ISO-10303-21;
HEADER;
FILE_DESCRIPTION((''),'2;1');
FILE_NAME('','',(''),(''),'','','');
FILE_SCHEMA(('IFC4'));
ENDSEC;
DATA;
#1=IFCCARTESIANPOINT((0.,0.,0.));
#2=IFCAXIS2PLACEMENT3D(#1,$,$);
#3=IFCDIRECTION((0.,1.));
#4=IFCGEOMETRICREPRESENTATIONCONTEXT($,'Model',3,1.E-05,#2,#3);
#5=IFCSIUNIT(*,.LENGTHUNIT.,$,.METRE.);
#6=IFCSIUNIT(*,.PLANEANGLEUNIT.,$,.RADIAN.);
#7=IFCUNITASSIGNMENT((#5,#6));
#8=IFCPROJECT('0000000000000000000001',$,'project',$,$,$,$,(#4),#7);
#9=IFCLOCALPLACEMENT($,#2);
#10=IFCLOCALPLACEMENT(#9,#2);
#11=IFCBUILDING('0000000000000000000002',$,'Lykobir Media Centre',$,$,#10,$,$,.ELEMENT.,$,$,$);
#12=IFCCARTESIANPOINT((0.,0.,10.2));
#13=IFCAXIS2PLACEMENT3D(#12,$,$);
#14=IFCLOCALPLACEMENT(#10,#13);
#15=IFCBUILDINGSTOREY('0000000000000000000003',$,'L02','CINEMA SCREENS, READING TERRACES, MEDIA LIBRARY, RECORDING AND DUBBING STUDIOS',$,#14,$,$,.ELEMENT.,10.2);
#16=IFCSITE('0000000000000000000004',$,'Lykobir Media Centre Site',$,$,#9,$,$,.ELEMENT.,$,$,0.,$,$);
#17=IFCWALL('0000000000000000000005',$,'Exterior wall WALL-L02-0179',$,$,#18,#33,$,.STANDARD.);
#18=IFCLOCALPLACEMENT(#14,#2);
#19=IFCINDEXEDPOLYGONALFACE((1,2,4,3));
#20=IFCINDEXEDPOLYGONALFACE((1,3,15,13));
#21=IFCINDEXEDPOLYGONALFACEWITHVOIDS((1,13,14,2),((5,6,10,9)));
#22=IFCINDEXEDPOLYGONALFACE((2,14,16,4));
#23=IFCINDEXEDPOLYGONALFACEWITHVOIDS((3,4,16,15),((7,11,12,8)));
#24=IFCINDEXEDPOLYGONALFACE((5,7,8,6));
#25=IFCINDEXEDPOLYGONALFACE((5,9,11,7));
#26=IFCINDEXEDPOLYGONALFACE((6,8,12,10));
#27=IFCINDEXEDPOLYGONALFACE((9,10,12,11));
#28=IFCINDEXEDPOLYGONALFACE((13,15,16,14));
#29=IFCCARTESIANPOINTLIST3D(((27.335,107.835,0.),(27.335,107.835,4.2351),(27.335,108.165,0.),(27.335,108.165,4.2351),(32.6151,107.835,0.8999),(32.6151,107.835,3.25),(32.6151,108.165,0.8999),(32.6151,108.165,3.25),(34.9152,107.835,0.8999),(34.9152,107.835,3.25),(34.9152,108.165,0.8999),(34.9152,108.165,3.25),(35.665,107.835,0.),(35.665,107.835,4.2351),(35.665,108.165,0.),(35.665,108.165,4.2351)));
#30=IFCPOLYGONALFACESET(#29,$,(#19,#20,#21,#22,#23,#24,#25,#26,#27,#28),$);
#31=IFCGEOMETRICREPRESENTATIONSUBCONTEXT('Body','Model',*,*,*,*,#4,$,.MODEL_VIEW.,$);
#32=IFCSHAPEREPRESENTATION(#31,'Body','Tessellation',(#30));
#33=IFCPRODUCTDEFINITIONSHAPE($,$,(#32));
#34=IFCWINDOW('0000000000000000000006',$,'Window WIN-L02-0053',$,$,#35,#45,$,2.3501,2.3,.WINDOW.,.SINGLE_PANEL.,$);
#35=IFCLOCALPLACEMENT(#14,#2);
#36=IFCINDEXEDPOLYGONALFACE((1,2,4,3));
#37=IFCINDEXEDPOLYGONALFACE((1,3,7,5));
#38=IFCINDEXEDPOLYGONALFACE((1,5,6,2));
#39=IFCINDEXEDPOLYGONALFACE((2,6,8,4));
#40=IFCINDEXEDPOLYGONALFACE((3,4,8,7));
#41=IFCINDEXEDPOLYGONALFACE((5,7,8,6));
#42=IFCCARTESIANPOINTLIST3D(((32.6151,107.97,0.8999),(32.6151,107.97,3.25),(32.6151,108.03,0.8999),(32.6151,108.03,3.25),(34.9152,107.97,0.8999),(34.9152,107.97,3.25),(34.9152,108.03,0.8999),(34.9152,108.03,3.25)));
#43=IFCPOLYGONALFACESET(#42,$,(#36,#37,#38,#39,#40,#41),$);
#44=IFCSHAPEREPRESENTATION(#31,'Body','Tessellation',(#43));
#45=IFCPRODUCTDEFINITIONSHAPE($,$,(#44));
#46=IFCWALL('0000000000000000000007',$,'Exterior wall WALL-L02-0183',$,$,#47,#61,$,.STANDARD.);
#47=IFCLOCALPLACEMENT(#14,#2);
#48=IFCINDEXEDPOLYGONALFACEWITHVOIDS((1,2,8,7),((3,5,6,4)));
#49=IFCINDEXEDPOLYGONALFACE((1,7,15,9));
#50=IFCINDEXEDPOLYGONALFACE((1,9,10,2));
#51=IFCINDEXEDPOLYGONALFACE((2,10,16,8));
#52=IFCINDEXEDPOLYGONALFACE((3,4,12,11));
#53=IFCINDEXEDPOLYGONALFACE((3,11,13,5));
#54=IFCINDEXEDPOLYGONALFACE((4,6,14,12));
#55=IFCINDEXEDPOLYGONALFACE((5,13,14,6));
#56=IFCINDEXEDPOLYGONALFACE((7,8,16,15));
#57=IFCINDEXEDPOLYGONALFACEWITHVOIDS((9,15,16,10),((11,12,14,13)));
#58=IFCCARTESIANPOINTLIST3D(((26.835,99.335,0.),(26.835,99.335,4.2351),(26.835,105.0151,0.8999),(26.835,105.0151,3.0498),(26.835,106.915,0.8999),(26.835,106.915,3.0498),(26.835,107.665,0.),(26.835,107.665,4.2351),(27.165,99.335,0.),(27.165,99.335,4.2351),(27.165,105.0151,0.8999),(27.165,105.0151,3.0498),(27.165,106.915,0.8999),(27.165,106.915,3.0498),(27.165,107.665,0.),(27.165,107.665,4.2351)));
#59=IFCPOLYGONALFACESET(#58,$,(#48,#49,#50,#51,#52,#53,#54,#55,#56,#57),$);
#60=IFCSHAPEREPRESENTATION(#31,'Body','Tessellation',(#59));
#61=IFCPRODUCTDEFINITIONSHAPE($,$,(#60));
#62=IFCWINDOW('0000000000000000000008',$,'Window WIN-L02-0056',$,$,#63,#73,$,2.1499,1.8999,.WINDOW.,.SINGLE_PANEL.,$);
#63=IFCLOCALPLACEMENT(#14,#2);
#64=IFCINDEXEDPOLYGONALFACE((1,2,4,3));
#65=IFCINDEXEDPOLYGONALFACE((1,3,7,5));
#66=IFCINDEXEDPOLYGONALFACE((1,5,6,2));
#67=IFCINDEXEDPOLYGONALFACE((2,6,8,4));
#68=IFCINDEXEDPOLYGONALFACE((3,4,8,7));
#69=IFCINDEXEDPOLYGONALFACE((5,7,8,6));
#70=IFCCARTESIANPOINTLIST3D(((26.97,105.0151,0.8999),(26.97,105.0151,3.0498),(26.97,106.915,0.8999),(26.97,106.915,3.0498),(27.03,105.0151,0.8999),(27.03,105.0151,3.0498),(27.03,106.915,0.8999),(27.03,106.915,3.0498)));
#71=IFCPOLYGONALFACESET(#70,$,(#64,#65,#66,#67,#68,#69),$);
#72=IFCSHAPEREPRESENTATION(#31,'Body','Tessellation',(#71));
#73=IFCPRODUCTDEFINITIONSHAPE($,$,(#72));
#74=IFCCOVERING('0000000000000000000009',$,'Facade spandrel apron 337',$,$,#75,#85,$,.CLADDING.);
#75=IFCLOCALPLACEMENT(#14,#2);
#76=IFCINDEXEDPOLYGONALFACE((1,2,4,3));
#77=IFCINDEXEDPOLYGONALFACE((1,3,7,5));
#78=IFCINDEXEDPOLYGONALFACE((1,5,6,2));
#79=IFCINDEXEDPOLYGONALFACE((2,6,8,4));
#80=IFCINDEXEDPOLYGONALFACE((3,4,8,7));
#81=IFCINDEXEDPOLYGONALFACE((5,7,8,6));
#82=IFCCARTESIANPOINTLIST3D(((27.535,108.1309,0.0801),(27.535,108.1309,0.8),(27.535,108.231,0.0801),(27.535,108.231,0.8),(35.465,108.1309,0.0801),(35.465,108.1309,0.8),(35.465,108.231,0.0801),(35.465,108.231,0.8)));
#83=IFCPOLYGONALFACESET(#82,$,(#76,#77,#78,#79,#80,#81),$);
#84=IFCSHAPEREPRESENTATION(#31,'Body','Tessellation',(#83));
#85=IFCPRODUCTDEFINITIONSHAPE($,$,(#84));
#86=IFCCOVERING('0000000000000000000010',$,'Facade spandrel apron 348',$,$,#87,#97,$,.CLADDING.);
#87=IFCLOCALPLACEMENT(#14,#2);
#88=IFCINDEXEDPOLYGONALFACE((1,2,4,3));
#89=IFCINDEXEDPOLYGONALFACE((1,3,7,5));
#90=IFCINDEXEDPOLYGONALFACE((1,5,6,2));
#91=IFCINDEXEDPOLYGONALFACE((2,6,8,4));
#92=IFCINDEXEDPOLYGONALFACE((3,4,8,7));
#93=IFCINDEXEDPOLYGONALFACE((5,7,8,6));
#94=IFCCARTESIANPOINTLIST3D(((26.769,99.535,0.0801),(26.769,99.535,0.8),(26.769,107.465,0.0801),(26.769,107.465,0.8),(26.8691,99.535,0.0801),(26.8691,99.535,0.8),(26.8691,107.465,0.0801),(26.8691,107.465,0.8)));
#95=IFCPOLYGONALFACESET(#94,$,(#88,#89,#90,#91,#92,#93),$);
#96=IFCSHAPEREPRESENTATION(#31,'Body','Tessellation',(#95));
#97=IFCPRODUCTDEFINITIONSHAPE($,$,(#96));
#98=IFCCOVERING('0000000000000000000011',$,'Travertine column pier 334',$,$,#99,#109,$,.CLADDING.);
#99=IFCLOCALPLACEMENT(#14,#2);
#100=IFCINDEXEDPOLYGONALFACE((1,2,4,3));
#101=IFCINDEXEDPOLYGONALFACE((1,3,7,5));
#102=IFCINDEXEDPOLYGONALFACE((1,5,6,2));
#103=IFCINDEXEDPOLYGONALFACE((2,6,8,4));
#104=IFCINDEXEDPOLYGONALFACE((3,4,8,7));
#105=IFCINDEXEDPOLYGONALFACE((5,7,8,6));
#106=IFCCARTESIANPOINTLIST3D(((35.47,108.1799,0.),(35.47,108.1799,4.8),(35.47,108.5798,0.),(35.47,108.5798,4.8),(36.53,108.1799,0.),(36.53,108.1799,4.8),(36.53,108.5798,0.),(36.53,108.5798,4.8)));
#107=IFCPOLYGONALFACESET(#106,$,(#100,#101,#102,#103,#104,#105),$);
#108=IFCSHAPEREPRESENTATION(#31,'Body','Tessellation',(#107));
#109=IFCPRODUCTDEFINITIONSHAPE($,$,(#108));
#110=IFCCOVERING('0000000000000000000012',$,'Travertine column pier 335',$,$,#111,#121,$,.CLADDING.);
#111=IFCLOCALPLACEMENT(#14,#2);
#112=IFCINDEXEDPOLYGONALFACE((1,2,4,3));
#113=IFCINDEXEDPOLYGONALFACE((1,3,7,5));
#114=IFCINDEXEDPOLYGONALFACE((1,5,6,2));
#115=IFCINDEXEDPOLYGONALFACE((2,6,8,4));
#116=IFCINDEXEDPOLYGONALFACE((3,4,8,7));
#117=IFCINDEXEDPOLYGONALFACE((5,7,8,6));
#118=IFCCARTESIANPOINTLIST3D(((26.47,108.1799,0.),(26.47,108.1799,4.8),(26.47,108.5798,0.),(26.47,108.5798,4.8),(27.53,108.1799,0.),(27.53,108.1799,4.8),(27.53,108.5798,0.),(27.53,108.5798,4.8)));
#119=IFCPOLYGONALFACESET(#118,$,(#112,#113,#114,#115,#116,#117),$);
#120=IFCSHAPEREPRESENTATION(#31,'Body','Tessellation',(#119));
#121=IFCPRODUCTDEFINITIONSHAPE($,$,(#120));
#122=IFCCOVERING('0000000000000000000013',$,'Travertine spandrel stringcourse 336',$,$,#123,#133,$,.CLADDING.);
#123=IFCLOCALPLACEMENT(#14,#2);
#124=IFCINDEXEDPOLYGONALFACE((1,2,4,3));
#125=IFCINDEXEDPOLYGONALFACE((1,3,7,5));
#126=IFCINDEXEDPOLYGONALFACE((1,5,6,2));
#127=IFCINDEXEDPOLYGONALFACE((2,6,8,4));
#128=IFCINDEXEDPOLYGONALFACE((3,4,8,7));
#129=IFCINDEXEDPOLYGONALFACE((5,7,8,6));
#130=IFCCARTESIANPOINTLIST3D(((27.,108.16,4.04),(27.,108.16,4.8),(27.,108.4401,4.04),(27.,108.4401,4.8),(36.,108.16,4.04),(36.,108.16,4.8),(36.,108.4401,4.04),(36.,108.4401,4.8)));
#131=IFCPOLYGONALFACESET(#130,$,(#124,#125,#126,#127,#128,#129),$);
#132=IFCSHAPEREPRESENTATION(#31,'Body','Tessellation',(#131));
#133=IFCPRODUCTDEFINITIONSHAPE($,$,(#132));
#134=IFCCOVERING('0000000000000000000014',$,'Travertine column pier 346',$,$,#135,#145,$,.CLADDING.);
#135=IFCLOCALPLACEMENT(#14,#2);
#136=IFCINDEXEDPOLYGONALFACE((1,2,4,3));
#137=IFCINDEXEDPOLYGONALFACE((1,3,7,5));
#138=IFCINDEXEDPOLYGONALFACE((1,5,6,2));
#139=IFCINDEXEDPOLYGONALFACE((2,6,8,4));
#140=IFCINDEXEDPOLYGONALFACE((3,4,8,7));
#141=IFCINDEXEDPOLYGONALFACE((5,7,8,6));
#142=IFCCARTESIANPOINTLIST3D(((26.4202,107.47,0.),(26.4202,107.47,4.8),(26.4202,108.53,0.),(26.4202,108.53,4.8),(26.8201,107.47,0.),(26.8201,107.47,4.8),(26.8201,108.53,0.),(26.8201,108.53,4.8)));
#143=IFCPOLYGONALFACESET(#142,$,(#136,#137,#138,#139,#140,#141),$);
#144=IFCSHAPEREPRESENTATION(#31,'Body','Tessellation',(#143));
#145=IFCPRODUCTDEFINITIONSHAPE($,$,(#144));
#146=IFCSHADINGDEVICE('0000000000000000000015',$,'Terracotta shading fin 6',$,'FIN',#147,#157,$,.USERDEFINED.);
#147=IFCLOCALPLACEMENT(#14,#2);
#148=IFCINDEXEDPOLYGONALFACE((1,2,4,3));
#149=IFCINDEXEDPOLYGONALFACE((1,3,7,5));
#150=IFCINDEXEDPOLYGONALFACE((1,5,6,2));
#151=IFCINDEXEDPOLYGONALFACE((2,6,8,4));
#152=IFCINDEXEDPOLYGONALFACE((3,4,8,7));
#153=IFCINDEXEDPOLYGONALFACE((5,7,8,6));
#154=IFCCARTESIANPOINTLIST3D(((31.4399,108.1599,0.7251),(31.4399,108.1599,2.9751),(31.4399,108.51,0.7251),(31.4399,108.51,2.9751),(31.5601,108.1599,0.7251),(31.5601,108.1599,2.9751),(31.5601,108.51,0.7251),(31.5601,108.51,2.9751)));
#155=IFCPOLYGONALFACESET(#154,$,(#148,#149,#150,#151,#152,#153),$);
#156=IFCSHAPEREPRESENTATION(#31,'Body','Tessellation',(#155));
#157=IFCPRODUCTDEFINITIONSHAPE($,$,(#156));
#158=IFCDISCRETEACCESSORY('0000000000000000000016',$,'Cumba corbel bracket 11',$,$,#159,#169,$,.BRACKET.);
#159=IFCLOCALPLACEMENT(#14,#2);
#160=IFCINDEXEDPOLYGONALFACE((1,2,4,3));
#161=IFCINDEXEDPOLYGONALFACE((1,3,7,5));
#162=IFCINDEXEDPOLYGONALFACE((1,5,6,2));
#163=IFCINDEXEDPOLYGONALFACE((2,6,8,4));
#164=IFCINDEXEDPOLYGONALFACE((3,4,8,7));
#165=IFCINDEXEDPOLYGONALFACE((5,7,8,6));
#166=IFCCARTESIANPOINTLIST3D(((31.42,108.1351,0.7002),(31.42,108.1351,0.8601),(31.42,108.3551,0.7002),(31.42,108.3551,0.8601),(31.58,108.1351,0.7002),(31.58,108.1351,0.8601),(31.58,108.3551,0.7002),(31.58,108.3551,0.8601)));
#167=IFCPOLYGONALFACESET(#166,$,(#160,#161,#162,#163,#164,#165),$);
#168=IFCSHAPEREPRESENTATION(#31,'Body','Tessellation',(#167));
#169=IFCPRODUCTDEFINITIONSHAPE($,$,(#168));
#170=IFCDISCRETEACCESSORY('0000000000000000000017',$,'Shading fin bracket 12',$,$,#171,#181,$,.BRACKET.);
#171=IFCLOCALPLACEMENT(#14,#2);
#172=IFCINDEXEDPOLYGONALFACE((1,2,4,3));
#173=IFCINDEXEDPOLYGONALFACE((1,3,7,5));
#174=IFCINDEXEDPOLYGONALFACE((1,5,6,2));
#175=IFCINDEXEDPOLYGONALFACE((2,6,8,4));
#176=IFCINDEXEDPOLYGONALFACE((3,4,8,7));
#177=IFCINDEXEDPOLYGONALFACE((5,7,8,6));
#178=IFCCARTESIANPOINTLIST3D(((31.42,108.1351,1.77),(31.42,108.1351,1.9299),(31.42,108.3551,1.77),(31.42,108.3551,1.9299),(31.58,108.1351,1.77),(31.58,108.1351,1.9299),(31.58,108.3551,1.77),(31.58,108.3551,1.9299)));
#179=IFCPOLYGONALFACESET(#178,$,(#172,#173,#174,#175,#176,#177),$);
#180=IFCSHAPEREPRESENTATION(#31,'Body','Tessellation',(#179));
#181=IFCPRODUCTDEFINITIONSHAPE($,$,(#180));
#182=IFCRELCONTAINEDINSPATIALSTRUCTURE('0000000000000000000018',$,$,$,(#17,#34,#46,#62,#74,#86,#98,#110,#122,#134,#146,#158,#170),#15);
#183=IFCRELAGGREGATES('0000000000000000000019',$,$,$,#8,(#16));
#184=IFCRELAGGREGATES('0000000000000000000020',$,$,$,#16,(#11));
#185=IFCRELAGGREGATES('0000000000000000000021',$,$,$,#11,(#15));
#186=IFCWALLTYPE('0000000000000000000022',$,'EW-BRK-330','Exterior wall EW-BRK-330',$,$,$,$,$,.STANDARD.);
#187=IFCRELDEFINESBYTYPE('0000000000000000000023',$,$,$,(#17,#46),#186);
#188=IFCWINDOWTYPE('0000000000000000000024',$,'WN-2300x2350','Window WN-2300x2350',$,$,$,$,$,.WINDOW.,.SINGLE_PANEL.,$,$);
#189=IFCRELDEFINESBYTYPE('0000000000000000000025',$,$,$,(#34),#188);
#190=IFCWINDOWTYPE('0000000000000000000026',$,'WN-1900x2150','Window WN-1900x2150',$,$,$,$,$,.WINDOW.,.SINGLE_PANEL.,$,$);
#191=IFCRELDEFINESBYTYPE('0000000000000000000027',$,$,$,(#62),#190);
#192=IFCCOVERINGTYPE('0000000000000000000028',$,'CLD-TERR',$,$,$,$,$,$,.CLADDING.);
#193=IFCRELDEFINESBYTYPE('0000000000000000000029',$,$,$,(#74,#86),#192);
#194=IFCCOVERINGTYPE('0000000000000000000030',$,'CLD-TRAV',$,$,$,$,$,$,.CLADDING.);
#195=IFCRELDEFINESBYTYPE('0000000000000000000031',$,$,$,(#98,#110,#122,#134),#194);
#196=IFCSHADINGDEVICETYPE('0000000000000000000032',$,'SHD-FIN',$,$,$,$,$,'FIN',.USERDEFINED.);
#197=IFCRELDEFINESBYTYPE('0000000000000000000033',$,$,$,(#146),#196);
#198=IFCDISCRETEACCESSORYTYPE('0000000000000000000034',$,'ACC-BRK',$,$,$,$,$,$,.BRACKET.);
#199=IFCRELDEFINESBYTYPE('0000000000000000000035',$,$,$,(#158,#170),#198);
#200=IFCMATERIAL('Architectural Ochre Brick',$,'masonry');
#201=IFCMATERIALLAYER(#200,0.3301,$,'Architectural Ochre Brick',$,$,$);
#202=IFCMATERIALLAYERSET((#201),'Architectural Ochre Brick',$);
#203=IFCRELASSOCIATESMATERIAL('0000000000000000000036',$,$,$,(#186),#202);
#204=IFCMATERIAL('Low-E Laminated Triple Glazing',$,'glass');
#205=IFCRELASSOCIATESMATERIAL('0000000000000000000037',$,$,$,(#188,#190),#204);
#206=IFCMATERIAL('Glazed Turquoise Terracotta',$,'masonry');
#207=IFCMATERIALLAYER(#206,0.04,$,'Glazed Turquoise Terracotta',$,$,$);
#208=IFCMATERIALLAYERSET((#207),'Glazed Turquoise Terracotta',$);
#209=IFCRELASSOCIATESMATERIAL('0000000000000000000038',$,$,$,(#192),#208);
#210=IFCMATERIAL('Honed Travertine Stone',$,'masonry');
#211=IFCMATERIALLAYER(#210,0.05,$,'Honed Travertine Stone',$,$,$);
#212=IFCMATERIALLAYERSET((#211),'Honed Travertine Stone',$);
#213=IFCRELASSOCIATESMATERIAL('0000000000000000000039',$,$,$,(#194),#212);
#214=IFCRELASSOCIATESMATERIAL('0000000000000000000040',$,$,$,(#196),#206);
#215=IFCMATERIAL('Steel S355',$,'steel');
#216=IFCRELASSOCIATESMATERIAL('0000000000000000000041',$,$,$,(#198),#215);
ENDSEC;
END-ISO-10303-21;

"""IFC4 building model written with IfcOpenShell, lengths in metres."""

from ifc_helpers import new_model, si_unit, direction, frame, frame_2d, origin, origin_2d, place, context, subcontext, project, spatial, rectangle, extrude, material, layer, layer_set, type_object, element, fill, save


model = new_model("IFC4")

# Units and contexts
model_context = context("Model", 3, precision=1e-05, world=origin(), true_north=direction((0.0, 1.0)))
body_context = subcontext(model_context, "Body", "Model", "MODEL_VIEW")
ifc_project = project(units=[si_unit("LENGTHUNIT", "METRE"), si_unit("PLANEANGLEUNIT", "RADIAN")], contexts=[model_context])

# Site, building, storey
site_placement = place(None, origin())
site = spatial("IfcSite", under=ifc_project, at=site_placement, Name="Lykobir Media Centre Site", CompositionType="ELEMENT", RefElevation=0.0)
building_placement = place(site_placement, origin())
building = spatial("IfcBuilding", under=site, at=building_placement, Name="Lykobir Media Centre", CompositionType="ELEMENT")
storey_placement = place(building_placement, frame((0.0, 0.0, 10.2)))
storey = spatial("IfcBuildingStorey", under=building, at=storey_placement, Name="L02", Description="CINEMA SCREENS, READING TERRACES, MEDIA LIBRARY, RECORDING AND DUBBING STUDIOS", CompositionType="ELEMENT", Elevation=10.2)

# Shared definitions
ifc_material_1 = material(Name="Steel S355", Category="steel")

# Shared definitions
ifc_material_2 = material(Name="Low-E Laminated Triple Glazing", Category="glass")
ifc_material_3 = material(Name="Glazed Turquoise Terracotta", Category="masonry")

# Walls, openings, windows
ifc_material_4 = material(Name="Architectural Ochre Brick", Category="masonry")
ifc_layer_1 = layer(ifc_material_4, 0.3301, Name="Architectural Ochre Brick")
ifc_layer_set_1 = layer_set([ifc_layer_1], Name="Architectural Ochre Brick")
wall_type = type_object("IfcWallType", Name="EW-BRK-330", Description="Exterior wall EW-BRK-330", PredefinedType="STANDARD", material=ifc_layer_set_1)
wall_1_placement = place(storey_placement, frame((35.665, 108.0, 0.0), z_axis=(0.0, 0.0, 1.0), x_axis=(-1.0, 0.0, 0.0)))
wall_1 = element("IfcWall", 1, at=wall_1_placement, inside=storey, type_object=wall_type, Name="Exterior wall WALL-L02-0179", PredefinedType="STANDARD", context=body_context, shape_type="SweptSolid", body=[
    extrude(rectangle(XDim=8.3301, YDim=0.3301, at=frame_2d((4.165, 0.0))), origin(), (0.0, 0.0, 1.0), 4.2351),
])
opening_1_placement = place(wall_1_placement, frame((0.75, 0.0, 0.8999)))
opening_1 = element("IfcOpeningElement", 2, at=opening_1_placement, cuts=wall_1, PredefinedType="OPENING", context=body_context, shape_type="SweptSolid", body=[
    extrude(rectangle(XDim=2.3, YDim=2.3501, at=frame_2d((1.1499, 1.175))), frame((0.0, 0.175, 0.0), z_axis=(0.0, -1.0, 0.0), x_axis=(1.0, 0.0, 0.0)), (0.0, 0.0, 1.0), 0.3501),
])
window_type_1 = type_object("IfcWindowType", Name="WN-2300x2350", Description="Window WN-2300x2350", PartitioningType="SINGLE_PANEL", PredefinedType="WINDOW", material=ifc_material_2)
window_1_placement = place(opening_1_placement, origin())
window_1 = element("IfcWindow", 3, at=window_1_placement, inside=storey, type_object=window_type_1, Name="Window WIN-L02-0053", OverallHeight=2.3501, OverallWidth=2.3, PartitioningType="SINGLE_PANEL", PredefinedType="WINDOW", context=body_context, shape_type="SweptSolid", body=[
    extrude(rectangle(XDim=2.3, YDim=2.3501, at=frame_2d((1.1499, 1.175))), frame((0.0, 0.03, 0.0), z_axis=(0.0, -1.0, 0.0), x_axis=(1.0, 0.0, 0.0)), (0.0, 0.0, 1.0), 0.0601),
])
fill(opening_1, window_1)
wall_2_placement = place(storey_placement, frame((27.0, 107.665, 0.0), z_axis=(0.0, 0.0, 1.0), x_axis=(0.0, -1.0, 0.0)))
wall_2 = element("IfcWall", 4, at=wall_2_placement, inside=storey, type_object=wall_type, Name="Exterior wall WALL-L02-0183", PredefinedType="STANDARD", context=body_context, shape_type="SweptSolid", body=[
    extrude(rectangle(XDim=8.3301, YDim=0.3301, at=frame_2d((4.165, 0.0))), origin(), (0.0, 0.0, 1.0), 4.2351),
])
opening_2_placement = place(wall_2_placement, frame((0.75, 0.0, 0.8999)))
opening_2 = element("IfcOpeningElement", 5, at=opening_2_placement, cuts=wall_2, PredefinedType="OPENING", context=body_context, shape_type="SweptSolid", body=[
    extrude(rectangle(XDim=1.8999, YDim=2.1499, at=frame_2d((0.95, 1.075))), frame((0.0, 0.175, 0.0), z_axis=(0.0, -1.0, 0.0), x_axis=(1.0, 0.0, 0.0)), (0.0, 0.0, 1.0), 0.3501),
])
window_type_2 = type_object("IfcWindowType", Name="WN-1900x2150", Description="Window WN-1900x2150", PartitioningType="SINGLE_PANEL", PredefinedType="WINDOW", material=ifc_material_2)
window_2_placement = place(opening_2_placement, origin())
window_2 = element("IfcWindow", 6, at=window_2_placement, inside=storey, type_object=window_type_2, Name="Window WIN-L02-0056", OverallHeight=2.1499, OverallWidth=1.8999, PartitioningType="SINGLE_PANEL", PredefinedType="WINDOW", context=body_context, shape_type="SweptSolid", body=[
    extrude(rectangle(XDim=1.8999, YDim=2.1499, at=frame_2d((0.95, 1.075))), frame((0.0, 0.03, 0.0), z_axis=(0.0, -1.0, 0.0), x_axis=(1.0, 0.0, 0.0)), (0.0, 0.0, 1.0), 0.0601),
])
fill(opening_2, window_2)

# Coverings
ifc_layer_2 = layer(ifc_material_3, 0.04, Name="Glazed Turquoise Terracotta")
ifc_layer_set_2 = layer_set([ifc_layer_2], Name="Glazed Turquoise Terracotta")
covering_type_1 = type_object("IfcCoveringType", Name="CLD-TERR", PredefinedType="CLADDING", material=ifc_layer_set_2)
for number, where, z_axis, x_axis, name in (
    (7, (31.5, 108.1809, 0.0801), (0.0, 0.0, 1.0), (-1.0, 0.0, 0.0), "Facade spandrel apron 337"),
    (8, (26.8191, 103.5, 0.0801), (0.0, 0.0, 1.0), (0.0, -1.0, 0.0), "Facade spandrel apron 348"),
):
    element("IfcCovering", number, at=place(storey_placement, frame(where, z_axis=z_axis, x_axis=x_axis)), inside=storey, type_object=covering_type_1, Name=name, PredefinedType="CLADDING", context=body_context, shape_type="SweptSolid", body=[
        extrude(rectangle(XDim=7.9299, YDim=0.1001, at=origin_2d()), origin(), (0.0, 0.0, 1.0), 0.72),
    ])
ifc_material_5 = material(Name="Honed Travertine Stone", Category="masonry")
ifc_layer_3 = layer(ifc_material_5, 0.05, Name="Honed Travertine Stone")
ifc_layer_set_3 = layer_set([ifc_layer_3], Name="Honed Travertine Stone")
covering_type_2 = type_object("IfcCoveringType", Name="CLD-TRAV", PredefinedType="CLADDING", material=ifc_layer_set_3)
for number, where, z_axis, x_axis, name in (
    (9, (36.0, 108.3799, 0.0), (0.0, 0.0, 1.0), (-1.0, 0.0, 0.0), "Travertine column pier 334"),
    (10, (27.0, 108.3799, 0.0), (0.0, 0.0, 1.0), (-1.0, 0.0, 0.0), "Travertine column pier 335"),
):
    element("IfcCovering", number, at=place(storey_placement, frame(where, z_axis=z_axis, x_axis=x_axis)), inside=storey, type_object=covering_type_2, Name=name, PredefinedType="CLADDING", context=body_context, shape_type="SweptSolid", body=[
        extrude(rectangle(XDim=1.0601, YDim=0.3999, at=origin_2d()), origin(), (0.0, 0.0, 1.0), 4.8),
    ])
covering_1_placement = place(storey_placement, frame((31.5, 108.3, 4.04), z_axis=(0.0, 0.0, 1.0), x_axis=(-1.0, 0.0, 0.0)))
element("IfcCovering", 11, at=covering_1_placement, inside=storey, type_object=covering_type_2, Name="Travertine spandrel stringcourse 336", PredefinedType="CLADDING", context=body_context, shape_type="SweptSolid", body=[
    extrude(rectangle(XDim=9.0, YDim=0.28, at=origin_2d()), origin(), (0.0, 0.0, 1.0), 0.76),
])
covering_2_placement = place(storey_placement, frame((26.6201, 108.0, 0.0), z_axis=(0.0, 0.0, 1.0), x_axis=(0.0, -1.0, 0.0)))
element("IfcCovering", 12, at=covering_2_placement, inside=storey, type_object=covering_type_2, Name="Travertine column pier 346", PredefinedType="CLADDING", context=body_context, shape_type="SweptSolid", body=[
    extrude(rectangle(XDim=1.0601, YDim=0.3999, at=origin_2d()), origin(), (0.0, 0.0, 1.0), 4.8),
])

# Shading device
shading_device_type = type_object("IfcShadingDeviceType", Name="SHD-FIN", ElementType="FIN", PredefinedType="USERDEFINED", material=ifc_material_3)
shading_device_placement = place(storey_placement, frame((31.5, 108.335, 0.7251), z_axis=(0.0, 0.0, 1.0), x_axis=(-1.0, 0.0, 0.0)))
element("IfcShadingDevice", 13, at=shading_device_placement, inside=storey, type_object=shading_device_type, Name="Terracotta shading fin 6", ObjectType="FIN", PredefinedType="USERDEFINED", context=body_context, shape_type="SweptSolid", body=[
    extrude(rectangle(XDim=0.1201, YDim=0.3501, at=origin_2d()), origin(), (0.0, 0.0, 1.0), 2.25),
])

# Discrete accessories
discrete_accessory_type = type_object("IfcDiscreteAccessoryType", Name="ACC-BRK", PredefinedType="BRACKET", material=ifc_material_1)
for number, where, z_axis, x_axis, name in (
    (14, (31.5, 108.2451, 0.7002), (0.0, 0.0, 1.0), (-1.0, 0.0, 0.0), "Cumba corbel bracket 11"),
    (15, (31.5, 108.2451, 1.77), (0.0, 0.0, 1.0), (-1.0, 0.0, 0.0), "Shading fin bracket 12"),
):
    element("IfcDiscreteAccessory", number, at=place(storey_placement, frame(where, z_axis=z_axis, x_axis=x_axis)), inside=storey, type_object=discrete_accessory_type, Name=name, PredefinedType="BRACKET", context=body_context, shape_type="SweptSolid", body=[
        extrude(rectangle(XDim=0.1599, YDim=0.22, at=origin_2d()), origin(), (0.0, 0.0, 1.0), 0.1599),
    ])

save(model, "model.ifc")
